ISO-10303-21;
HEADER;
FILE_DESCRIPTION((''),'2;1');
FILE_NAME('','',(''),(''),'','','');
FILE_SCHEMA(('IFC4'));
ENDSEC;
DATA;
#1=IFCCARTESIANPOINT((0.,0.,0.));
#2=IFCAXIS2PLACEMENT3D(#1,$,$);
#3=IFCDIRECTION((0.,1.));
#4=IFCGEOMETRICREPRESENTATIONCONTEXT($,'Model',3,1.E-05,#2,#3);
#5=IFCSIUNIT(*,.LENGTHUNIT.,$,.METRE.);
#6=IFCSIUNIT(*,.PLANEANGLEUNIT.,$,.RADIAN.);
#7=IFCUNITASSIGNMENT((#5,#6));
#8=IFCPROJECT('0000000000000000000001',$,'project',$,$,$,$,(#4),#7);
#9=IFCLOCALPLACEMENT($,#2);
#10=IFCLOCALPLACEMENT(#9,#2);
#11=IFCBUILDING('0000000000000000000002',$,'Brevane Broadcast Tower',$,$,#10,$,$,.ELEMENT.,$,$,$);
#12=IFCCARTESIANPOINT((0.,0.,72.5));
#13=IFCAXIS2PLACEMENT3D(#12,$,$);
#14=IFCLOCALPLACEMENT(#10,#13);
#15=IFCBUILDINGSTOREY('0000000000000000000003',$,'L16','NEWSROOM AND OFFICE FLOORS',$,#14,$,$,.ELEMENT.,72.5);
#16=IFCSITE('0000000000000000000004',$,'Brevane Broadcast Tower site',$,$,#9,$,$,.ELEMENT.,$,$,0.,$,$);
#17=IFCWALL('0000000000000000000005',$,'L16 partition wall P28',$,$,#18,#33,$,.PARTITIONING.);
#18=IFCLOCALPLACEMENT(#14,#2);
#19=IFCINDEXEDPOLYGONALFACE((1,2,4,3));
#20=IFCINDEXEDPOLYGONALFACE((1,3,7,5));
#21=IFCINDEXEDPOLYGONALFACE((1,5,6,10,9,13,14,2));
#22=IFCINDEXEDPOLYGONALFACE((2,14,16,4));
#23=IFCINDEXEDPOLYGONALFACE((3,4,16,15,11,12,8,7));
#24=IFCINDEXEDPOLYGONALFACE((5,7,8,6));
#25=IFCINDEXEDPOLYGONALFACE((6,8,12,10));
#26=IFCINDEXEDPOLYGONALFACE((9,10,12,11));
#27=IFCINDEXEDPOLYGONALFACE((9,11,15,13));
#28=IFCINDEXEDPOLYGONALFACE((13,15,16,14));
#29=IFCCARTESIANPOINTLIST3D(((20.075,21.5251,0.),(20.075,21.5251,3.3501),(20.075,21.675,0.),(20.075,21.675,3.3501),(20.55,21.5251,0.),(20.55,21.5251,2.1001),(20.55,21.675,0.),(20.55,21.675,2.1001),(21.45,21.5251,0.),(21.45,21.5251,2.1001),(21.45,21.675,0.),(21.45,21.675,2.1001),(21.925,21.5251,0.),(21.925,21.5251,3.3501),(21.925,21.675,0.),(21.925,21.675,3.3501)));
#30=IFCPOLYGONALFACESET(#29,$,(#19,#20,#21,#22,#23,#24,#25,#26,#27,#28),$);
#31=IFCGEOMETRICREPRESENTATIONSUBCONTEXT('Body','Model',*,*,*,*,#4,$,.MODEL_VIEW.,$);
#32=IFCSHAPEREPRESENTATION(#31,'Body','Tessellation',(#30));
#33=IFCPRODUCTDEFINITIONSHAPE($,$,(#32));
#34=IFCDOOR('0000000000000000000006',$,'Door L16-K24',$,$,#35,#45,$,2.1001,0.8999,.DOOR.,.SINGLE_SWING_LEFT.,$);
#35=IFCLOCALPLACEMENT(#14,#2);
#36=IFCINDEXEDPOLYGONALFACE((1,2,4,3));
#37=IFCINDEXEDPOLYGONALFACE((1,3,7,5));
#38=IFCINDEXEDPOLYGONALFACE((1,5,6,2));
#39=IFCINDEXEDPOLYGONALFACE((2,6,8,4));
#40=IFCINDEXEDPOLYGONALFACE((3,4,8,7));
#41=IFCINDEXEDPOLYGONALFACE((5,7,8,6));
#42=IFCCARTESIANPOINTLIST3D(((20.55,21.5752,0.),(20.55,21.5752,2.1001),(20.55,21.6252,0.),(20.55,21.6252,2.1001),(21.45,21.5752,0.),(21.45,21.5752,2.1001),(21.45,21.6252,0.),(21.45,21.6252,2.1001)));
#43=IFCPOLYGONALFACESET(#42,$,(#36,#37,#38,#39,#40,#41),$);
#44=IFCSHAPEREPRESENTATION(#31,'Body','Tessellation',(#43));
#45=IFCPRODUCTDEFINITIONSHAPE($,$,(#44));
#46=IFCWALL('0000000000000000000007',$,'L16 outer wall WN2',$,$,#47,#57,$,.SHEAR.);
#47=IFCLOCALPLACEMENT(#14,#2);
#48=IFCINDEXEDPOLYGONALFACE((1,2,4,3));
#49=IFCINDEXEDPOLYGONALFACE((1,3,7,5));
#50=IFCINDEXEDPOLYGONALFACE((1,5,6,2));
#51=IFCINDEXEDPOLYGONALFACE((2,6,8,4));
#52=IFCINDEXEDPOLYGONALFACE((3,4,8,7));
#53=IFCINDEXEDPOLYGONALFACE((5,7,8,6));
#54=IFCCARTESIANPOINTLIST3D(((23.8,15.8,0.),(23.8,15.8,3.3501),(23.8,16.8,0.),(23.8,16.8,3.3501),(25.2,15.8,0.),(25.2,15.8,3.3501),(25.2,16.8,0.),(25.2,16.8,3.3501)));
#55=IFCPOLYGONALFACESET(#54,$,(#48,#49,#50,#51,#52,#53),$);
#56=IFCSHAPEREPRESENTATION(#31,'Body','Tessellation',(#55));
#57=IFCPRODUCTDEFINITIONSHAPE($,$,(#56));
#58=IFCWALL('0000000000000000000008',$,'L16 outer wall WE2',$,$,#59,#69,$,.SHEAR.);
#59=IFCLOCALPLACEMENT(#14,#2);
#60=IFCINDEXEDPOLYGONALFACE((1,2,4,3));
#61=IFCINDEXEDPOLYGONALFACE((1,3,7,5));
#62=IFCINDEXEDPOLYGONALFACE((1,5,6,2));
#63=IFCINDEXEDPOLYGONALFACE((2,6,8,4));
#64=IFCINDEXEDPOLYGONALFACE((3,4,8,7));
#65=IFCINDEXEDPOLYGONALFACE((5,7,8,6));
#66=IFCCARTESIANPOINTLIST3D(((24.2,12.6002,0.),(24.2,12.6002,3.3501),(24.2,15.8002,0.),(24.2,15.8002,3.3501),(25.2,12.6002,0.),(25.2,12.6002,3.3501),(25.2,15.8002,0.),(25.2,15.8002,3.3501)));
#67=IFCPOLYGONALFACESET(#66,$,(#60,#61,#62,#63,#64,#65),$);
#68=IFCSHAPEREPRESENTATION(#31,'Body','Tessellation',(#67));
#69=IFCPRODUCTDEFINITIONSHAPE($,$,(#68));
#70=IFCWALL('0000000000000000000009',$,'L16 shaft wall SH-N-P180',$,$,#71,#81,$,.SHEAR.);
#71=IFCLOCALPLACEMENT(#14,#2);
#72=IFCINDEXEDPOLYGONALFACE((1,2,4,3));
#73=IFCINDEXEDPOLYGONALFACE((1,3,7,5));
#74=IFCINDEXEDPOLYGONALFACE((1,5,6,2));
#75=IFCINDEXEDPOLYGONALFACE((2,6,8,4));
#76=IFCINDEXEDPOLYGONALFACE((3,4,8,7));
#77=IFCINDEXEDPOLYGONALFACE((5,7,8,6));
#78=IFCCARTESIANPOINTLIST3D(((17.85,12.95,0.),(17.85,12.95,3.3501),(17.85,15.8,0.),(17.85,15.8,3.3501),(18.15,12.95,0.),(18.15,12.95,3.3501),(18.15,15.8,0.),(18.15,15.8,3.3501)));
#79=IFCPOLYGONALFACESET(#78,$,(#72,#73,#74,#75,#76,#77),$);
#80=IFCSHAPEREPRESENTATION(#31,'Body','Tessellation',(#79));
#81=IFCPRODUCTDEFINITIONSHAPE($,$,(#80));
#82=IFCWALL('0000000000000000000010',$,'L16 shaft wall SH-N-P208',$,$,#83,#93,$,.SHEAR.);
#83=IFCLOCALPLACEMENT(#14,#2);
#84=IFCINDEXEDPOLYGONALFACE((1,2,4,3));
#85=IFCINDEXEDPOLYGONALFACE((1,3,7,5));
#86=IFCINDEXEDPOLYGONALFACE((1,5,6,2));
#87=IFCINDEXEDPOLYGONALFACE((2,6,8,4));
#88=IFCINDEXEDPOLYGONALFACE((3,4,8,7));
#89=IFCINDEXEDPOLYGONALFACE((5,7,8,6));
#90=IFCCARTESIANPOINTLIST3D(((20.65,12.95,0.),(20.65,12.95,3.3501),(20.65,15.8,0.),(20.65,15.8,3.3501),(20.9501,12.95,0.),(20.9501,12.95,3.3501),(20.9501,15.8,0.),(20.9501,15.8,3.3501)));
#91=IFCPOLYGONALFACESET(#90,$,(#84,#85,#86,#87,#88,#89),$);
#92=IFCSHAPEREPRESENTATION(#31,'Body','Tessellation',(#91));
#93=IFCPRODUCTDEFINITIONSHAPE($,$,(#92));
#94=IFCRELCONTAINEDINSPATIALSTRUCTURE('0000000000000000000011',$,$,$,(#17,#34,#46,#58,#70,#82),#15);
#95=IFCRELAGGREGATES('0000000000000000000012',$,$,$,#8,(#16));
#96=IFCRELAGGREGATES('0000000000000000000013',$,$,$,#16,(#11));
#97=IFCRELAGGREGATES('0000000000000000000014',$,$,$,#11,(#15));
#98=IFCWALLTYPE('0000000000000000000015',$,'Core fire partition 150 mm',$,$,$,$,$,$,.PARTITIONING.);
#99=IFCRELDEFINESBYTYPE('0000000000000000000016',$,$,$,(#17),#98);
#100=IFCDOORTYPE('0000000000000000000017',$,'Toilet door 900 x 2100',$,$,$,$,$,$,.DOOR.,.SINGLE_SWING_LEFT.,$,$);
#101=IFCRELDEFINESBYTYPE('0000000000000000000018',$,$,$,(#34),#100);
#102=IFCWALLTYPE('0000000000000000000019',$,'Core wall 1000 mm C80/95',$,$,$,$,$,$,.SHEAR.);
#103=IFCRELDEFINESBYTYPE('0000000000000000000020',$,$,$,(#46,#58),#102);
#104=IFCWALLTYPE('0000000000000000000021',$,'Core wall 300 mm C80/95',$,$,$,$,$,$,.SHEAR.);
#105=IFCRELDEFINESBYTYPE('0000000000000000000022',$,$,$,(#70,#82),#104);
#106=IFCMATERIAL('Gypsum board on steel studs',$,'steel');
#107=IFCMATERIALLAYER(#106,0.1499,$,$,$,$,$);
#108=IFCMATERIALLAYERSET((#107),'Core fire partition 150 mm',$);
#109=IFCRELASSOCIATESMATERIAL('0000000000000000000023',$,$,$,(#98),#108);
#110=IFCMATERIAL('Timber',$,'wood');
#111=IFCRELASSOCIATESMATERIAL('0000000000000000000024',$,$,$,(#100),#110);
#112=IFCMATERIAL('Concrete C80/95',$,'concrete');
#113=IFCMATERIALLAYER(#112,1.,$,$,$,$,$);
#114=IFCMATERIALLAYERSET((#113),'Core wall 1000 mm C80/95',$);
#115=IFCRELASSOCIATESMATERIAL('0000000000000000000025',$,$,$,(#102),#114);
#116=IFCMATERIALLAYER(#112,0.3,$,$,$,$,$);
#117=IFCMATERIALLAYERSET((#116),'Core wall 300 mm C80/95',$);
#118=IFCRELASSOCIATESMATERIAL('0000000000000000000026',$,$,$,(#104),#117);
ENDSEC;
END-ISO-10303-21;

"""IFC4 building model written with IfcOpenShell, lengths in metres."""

from ifc_helpers import new_model, si_unit, direction, frame, frame_2d, origin, place, context, subcontext, project, spatial, rectangle, extrude, material, layer, layer_set, type_object, element, fill, save


model = new_model("IFC4")

# Units and contexts
model_context = context("Model", 3, precision=1e-05, world=origin(), true_north=direction((0.0, 1.0)))
body_context = subcontext(model_context, "Body", "Model", "MODEL_VIEW")
ifc_project = project(units=[si_unit("LENGTHUNIT", "METRE"), si_unit("PLANEANGLEUNIT", "RADIAN")], contexts=[model_context])

# Site, building, storey
site_placement = place(None, origin())
site = spatial("IfcSite", under=ifc_project, at=site_placement, Name="Brevane Broadcast Tower site", CompositionType="ELEMENT", RefElevation=0.0)
building_placement = place(site_placement, origin())
building = spatial("IfcBuilding", under=site, at=building_placement, Name="Brevane Broadcast Tower", CompositionType="ELEMENT")
storey_placement = place(building_placement, frame((0.0, 0.0, 72.5)))
storey = spatial("IfcBuildingStorey", under=building, at=storey_placement, Name="L16", Description="NEWSROOM AND OFFICE FLOORS", CompositionType="ELEMENT", Elevation=72.5)

# Shared definitions
ifc_material_1 = material(Name="Gypsum board on steel studs", Category="steel")
ifc_layer_1 = layer(ifc_material_1, 0.1499)
ifc_layer_set_1 = layer_set([ifc_layer_1], Name="Core fire partition 150 mm")
wall_type_1 = type_object("IfcWallType", Name="Core fire partition 150 mm", PredefinedType="PARTITIONING", material=ifc_layer_set_1)

# Wall, opening, door
wall_1_placement = place(storey_placement, frame((21.925, 21.6001, 0.0), z_axis=(0.0, 0.0, 1.0), x_axis=(-1.0, 0.0, 0.0)))
wall_1 = element("IfcWall", 1, at=wall_1_placement, inside=storey, type_object=wall_type_1, Name="L16 partition wall P28", PredefinedType="PARTITIONING", context=body_context, shape_type="SweptSolid", body=[
    extrude(rectangle(XDim=1.8501, YDim=0.1499, at=frame_2d((0.925, 0.0))), origin(), (0.0, 0.0, 1.0), 3.3501),
])
opening_1_placement = place(wall_1_placement, frame((0.4751, 0.0, 0.0)))
opening_1 = element("IfcOpeningElement", 2, at=opening_1_placement, cuts=wall_1, PredefinedType="OPENING", context=body_context, shape_type="SweptSolid", body=[
    extrude(rectangle(XDim=0.8999, YDim=2.1001, at=frame_2d((0.45, 1.05))), frame((0.0, 0.085, 0.0), z_axis=(0.0, -1.0, 0.0), x_axis=(1.0, 0.0, 0.0)), (0.0, 0.0, 1.0), 0.1699),
])
ifc_material_2 = material(Name="Timber", Category="wood")
door_type_1 = type_object("IfcDoorType", Name="Toilet door 900 x 2100", OperationType="SINGLE_SWING_LEFT", PredefinedType="DOOR", material=ifc_material_2)
door_1_placement = place(opening_1_placement, origin())
door_1 = element("IfcDoor", 3, at=door_1_placement, inside=storey, type_object=door_type_1, Name="Door L16-K24", OperationType="SINGLE_SWING_LEFT", OverallHeight=2.1001, OverallWidth=0.8999, PredefinedType="DOOR", context=body_context, shape_type="SweptSolid", body=[
    extrude(rectangle(XDim=0.8999, YDim=2.1001, at=frame_2d((0.45, 1.05))), frame((0.0, 0.0249, 0.0), z_axis=(0.0, -1.0, 0.0), x_axis=(1.0, 0.0, 0.0)), (0.0, 0.0, 1.0), 0.05),
])
fill(opening_1, door_1)

# Walls
ifc_material_3 = material(Name="Concrete C80/95", Category="concrete")
ifc_layer_2 = layer(ifc_material_3, 1.0)
ifc_layer_set_2 = layer_set([ifc_layer_2], Name="Core wall 1000 mm C80/95")
wall_type_2 = type_object("IfcWallType", Name="Core wall 1000 mm C80/95", PredefinedType="SHEAR", material=ifc_layer_set_2)
wall_2_placement = place(storey_placement, frame((23.8, 16.3, 0.0), z_axis=(0.0, 0.0, 1.0), x_axis=(1.0, 0.0, 0.0)))
element("IfcWall", 4, at=wall_2_placement, inside=storey, type_object=wall_type_2, Name="L16 outer wall WN2", PredefinedType="SHEAR", context=body_context, shape_type="SweptSolid", body=[
    extrude(rectangle(XDim=1.3999, YDim=1.0, at=frame_2d((0.7, 0.0))), origin(), (0.0, 0.0, 1.0), 3.3501),
])
wall_3_placement = place(storey_placement, frame((24.7, 12.6001, 0.0), z_axis=(0.0, 0.0, 1.0), x_axis=(0.0, 1.0, 0.0)))
element("IfcWall", 5, at=wall_3_placement, inside=storey, type_object=wall_type_2, Name="L16 outer wall WE2", PredefinedType="SHEAR", context=body_context, shape_type="SweptSolid", body=[
    extrude(rectangle(XDim=3.2, YDim=1.0, at=frame_2d((1.6001, 0.0))), origin(), (0.0, 0.0, 1.0), 3.3501),
])
ifc_layer_3 = layer(ifc_material_3, 0.3)
ifc_layer_set_3 = layer_set([ifc_layer_3], Name="Core wall 300 mm C80/95")
wall_type_3 = type_object("IfcWallType", Name="Core wall 300 mm C80/95", PredefinedType="SHEAR", material=ifc_layer_set_3)
for number, where, z_axis, x_axis, name in (
    (6, (18.0, 12.95, 0.0), (0.0, 0.0, 1.0), (0.0, 1.0, 0.0), "L16 shaft wall SH-N-P180"),
    (7, (20.8, 12.95, 0.0), (0.0, 0.0, 1.0), (0.0, 1.0, 0.0), "L16 shaft wall SH-N-P208"),
):
    element("IfcWall", number, at=place(storey_placement, frame(where, z_axis=z_axis, x_axis=x_axis)), inside=storey, type_object=wall_type_3, Name=name, PredefinedType="SHEAR", context=body_context, shape_type="SweptSolid", body=[
        extrude(rectangle(XDim=2.8501, YDim=0.3, at=frame_2d((1.425, 0.0))), origin(), (0.0, 0.0, 1.0), 3.3501),
    ])

save(model, "model.ifc")
